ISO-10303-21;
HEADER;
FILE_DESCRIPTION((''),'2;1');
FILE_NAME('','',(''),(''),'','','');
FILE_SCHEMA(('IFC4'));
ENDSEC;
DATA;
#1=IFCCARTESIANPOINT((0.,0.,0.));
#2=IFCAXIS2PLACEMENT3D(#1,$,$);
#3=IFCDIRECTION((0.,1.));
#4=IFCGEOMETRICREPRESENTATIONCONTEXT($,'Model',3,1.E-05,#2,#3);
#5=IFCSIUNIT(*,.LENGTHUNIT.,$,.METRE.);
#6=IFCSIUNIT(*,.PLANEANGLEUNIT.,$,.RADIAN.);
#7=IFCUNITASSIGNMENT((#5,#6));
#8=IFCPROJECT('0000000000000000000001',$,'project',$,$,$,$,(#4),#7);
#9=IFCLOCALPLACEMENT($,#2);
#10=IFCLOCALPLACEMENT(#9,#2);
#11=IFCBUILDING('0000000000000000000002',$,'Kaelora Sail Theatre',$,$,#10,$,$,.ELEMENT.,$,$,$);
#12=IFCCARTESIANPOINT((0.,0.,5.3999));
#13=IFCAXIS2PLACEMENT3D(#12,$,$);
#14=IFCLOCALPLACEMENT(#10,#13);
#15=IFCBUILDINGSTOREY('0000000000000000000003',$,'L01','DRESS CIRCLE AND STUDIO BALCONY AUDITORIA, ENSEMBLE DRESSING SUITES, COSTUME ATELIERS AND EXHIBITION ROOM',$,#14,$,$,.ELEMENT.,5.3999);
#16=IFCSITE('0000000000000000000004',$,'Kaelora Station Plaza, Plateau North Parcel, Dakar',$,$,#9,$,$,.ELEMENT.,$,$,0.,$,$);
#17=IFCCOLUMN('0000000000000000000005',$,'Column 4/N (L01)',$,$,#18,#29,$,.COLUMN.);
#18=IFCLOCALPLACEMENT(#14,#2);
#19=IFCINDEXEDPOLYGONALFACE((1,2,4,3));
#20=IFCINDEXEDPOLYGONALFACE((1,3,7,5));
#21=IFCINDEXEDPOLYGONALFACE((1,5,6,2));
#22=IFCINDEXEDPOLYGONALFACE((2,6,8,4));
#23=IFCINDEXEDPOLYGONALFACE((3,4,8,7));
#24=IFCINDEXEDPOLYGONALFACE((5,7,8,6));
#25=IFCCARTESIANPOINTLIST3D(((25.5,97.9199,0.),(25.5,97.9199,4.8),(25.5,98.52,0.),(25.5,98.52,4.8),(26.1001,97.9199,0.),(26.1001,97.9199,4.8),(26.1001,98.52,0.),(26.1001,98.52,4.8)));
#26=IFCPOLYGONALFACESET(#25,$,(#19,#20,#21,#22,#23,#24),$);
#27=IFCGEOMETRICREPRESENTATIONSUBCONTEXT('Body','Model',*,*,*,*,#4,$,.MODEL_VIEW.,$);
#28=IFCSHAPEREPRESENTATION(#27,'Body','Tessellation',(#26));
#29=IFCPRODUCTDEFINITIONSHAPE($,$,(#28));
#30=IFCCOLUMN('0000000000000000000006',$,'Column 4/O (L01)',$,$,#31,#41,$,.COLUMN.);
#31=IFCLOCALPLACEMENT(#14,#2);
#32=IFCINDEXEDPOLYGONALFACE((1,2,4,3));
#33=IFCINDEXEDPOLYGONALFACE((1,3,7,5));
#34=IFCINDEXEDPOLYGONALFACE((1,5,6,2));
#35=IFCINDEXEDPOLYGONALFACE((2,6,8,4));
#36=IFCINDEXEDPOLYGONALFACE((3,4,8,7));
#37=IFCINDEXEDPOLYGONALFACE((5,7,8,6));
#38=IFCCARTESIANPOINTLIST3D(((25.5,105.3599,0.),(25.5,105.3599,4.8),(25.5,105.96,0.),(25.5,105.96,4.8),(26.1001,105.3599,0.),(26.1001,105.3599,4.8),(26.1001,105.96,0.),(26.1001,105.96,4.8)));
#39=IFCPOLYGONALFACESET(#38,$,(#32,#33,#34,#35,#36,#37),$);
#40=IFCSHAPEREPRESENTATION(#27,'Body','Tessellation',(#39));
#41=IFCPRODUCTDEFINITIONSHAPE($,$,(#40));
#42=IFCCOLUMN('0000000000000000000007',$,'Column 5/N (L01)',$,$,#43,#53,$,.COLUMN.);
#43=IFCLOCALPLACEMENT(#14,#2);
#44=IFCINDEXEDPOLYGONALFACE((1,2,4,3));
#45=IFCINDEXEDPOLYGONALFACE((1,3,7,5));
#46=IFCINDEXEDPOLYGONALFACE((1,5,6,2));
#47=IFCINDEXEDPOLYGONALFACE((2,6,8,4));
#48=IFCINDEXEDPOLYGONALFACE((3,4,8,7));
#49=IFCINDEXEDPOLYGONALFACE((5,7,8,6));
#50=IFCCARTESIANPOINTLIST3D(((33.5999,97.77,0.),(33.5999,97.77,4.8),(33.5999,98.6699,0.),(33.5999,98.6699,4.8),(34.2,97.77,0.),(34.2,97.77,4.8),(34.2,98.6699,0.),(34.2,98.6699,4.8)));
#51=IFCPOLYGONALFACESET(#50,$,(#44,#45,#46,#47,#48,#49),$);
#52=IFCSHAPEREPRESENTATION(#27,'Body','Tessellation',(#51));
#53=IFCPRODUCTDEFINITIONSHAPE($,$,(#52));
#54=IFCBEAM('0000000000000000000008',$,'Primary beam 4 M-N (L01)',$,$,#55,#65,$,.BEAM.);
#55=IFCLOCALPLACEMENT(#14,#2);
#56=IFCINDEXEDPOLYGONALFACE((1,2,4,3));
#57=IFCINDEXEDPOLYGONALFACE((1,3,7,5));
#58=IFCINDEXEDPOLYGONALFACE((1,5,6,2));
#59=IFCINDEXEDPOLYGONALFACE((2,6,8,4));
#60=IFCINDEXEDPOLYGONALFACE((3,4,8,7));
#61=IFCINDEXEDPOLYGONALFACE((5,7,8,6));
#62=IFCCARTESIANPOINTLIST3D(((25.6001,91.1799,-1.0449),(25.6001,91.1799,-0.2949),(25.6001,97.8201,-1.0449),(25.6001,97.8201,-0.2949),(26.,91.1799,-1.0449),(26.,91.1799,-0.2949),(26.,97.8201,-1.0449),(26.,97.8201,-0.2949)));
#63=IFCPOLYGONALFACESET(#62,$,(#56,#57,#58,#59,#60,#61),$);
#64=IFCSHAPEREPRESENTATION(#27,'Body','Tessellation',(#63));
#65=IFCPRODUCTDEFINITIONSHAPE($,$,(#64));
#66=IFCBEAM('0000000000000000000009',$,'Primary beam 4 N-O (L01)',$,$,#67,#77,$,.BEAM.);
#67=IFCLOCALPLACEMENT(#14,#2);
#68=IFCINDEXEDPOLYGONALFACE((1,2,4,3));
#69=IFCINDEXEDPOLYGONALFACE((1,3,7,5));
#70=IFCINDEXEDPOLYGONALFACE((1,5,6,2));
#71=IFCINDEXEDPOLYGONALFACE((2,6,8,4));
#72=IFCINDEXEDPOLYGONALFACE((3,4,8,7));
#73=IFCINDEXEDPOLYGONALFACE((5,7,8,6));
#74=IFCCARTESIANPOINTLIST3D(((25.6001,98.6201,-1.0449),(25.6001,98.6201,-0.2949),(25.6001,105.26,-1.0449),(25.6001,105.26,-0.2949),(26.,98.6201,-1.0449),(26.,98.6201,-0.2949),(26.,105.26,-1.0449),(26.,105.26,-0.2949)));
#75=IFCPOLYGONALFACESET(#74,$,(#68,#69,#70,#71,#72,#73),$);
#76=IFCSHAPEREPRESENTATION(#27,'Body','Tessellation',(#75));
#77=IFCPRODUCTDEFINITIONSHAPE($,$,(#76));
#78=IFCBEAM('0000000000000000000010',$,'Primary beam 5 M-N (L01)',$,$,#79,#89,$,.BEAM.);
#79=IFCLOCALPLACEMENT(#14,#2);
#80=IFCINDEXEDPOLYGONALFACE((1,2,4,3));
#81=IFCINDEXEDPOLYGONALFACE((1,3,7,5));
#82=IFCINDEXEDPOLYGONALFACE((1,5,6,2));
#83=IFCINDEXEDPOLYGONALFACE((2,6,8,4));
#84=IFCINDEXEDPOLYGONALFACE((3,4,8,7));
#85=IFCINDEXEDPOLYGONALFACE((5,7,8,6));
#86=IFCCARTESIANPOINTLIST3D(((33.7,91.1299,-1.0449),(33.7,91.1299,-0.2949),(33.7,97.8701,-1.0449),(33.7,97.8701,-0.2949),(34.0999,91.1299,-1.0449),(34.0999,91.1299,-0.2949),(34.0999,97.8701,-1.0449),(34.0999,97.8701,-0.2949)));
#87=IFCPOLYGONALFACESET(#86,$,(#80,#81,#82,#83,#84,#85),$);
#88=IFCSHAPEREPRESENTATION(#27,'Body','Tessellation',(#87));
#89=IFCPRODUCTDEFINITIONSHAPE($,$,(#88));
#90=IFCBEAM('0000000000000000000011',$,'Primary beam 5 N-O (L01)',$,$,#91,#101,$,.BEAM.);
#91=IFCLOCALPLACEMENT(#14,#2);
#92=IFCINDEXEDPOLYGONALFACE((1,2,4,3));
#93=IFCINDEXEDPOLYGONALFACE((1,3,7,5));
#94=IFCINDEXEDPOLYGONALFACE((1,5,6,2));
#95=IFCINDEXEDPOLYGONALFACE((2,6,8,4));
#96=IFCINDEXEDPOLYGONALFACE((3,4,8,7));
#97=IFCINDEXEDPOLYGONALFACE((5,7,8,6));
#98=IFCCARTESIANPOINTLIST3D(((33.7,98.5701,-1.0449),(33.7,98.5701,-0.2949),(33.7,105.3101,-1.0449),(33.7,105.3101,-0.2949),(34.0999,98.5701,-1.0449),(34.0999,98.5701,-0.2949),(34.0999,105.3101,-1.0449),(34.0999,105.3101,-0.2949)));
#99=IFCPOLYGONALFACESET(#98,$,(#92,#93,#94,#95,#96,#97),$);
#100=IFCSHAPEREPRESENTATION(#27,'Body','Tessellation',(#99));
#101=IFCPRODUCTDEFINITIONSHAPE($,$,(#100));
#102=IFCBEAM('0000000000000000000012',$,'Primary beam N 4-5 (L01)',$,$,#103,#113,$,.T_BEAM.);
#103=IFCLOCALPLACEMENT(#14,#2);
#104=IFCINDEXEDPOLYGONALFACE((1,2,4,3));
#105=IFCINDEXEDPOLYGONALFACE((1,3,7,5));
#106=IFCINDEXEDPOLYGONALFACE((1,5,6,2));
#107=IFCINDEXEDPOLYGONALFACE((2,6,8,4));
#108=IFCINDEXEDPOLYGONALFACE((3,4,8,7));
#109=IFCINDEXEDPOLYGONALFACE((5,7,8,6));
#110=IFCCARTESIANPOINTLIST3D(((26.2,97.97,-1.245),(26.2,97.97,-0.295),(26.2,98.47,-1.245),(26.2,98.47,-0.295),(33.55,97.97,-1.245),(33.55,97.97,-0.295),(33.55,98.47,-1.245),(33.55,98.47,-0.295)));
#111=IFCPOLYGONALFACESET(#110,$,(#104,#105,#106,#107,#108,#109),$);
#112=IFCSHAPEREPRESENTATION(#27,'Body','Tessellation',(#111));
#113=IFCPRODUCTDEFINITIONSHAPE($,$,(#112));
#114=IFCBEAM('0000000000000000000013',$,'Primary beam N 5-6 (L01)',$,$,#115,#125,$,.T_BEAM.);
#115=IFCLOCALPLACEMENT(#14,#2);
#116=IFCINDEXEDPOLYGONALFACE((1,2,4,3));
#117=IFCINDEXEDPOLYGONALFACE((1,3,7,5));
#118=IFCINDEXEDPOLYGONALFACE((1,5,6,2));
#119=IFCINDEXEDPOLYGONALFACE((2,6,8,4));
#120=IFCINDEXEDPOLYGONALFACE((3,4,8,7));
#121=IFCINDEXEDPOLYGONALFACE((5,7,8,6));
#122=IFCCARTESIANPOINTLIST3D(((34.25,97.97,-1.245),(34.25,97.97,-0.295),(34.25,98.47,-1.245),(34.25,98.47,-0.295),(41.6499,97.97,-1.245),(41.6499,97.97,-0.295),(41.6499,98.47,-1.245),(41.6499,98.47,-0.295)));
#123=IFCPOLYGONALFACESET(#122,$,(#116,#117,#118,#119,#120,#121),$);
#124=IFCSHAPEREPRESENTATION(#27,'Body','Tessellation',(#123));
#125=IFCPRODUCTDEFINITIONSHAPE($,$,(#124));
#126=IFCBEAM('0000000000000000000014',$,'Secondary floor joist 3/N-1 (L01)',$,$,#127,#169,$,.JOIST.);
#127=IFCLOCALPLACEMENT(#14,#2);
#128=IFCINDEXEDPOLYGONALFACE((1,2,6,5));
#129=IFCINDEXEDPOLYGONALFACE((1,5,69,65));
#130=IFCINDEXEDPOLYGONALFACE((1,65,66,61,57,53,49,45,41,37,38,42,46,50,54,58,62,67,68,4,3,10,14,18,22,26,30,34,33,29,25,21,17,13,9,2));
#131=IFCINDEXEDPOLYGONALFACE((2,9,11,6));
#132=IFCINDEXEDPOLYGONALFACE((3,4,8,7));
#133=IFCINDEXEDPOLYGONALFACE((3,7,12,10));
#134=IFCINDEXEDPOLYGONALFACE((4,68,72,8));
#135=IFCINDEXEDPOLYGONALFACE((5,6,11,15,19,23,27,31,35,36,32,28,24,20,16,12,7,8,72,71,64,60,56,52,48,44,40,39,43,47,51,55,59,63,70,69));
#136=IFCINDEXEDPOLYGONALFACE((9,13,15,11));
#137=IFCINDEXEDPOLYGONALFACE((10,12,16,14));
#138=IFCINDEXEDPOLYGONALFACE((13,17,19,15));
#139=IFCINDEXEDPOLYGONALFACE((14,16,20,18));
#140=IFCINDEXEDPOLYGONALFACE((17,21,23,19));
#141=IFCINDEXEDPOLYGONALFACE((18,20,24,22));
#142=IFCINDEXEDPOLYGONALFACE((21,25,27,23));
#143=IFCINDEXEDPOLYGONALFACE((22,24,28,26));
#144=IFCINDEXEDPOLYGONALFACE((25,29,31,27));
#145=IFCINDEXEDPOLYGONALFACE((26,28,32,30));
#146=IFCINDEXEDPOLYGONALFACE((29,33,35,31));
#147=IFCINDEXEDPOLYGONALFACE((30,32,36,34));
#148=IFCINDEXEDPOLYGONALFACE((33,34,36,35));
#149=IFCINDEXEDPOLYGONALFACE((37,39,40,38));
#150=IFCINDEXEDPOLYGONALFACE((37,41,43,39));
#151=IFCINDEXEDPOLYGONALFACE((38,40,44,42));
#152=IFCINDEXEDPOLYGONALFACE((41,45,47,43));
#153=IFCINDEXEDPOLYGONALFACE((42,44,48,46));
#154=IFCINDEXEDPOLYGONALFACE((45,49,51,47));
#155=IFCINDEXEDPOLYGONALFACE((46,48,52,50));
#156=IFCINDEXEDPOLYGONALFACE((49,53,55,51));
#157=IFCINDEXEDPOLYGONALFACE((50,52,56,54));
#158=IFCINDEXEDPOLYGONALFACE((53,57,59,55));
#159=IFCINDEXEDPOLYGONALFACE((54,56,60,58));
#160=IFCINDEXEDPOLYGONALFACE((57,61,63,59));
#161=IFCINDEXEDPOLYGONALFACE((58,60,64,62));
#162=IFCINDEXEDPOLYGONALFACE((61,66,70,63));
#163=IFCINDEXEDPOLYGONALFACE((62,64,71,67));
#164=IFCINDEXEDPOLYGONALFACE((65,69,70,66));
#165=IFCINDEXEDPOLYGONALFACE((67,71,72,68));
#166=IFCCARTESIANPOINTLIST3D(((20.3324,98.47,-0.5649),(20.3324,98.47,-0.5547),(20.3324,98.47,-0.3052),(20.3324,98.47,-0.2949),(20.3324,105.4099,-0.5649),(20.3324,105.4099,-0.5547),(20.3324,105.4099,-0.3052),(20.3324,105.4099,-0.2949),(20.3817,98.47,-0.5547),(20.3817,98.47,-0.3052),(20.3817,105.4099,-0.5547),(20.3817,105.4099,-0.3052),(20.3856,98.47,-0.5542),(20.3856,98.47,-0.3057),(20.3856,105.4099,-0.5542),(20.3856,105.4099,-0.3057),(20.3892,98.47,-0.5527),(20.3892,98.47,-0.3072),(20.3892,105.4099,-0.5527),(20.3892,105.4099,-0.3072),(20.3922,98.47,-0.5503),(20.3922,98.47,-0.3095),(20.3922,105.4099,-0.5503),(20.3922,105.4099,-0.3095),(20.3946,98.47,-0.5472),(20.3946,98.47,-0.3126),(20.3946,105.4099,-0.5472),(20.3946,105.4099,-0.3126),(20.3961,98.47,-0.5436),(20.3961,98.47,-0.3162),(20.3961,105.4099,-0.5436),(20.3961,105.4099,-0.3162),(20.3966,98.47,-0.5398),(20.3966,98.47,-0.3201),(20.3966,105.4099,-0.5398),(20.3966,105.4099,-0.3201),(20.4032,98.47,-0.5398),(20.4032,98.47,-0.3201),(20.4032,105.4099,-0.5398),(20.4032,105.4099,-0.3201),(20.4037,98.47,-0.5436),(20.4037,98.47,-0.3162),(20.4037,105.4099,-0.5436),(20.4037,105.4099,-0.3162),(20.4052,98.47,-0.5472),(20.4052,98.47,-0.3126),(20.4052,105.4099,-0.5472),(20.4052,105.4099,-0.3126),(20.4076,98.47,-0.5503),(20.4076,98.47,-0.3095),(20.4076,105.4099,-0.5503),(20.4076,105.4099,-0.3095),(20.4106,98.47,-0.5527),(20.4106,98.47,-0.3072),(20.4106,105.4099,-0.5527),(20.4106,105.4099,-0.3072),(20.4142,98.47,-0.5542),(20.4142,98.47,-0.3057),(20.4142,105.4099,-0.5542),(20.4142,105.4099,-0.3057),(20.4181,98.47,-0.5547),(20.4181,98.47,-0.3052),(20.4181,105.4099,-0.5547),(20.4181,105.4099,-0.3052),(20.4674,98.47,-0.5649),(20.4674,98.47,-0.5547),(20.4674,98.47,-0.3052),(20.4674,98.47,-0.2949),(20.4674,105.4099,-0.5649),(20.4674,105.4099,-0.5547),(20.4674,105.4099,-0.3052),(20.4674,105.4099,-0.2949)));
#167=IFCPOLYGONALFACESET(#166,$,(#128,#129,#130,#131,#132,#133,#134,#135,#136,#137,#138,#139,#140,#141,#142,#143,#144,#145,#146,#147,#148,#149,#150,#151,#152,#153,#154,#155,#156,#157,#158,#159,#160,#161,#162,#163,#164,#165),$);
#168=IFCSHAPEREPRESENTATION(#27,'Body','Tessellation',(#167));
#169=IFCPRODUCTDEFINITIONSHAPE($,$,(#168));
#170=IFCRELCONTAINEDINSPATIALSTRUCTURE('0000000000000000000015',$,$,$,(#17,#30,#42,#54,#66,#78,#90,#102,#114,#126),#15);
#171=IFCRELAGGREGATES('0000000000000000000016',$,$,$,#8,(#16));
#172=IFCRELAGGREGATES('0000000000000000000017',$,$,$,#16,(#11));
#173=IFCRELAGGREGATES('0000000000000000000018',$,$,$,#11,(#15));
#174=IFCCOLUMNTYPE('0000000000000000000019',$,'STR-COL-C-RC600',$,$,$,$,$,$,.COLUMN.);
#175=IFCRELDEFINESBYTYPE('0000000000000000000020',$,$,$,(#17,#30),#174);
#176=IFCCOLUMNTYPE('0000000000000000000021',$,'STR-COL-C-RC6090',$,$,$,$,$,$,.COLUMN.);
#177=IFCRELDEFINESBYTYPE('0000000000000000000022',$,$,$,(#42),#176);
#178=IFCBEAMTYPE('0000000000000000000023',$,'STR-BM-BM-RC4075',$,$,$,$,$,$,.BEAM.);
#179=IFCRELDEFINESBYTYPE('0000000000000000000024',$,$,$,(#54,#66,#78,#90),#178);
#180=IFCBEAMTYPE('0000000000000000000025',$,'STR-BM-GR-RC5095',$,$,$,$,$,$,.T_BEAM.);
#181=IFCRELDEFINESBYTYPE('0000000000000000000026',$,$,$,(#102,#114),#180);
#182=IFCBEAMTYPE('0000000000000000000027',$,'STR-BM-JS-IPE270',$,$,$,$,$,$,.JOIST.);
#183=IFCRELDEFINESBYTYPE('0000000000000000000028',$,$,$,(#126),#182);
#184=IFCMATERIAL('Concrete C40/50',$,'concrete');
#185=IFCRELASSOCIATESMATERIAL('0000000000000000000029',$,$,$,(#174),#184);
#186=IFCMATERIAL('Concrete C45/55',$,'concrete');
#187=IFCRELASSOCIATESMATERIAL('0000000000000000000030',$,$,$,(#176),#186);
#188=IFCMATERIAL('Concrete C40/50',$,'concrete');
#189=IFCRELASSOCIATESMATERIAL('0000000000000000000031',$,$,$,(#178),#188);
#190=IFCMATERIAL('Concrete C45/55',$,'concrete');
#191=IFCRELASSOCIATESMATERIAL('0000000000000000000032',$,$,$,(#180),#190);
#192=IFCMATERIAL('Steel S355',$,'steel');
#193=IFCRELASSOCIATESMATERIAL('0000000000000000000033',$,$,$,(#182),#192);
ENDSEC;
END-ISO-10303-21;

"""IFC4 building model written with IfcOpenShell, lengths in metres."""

from ifc_helpers import new_model, si_unit, direction, frame, origin, origin_2d, place, context, subcontext, project, spatial, rectangle, i_section, extrude, material, material_profile, profile_set, type_object, element, save


model = new_model("IFC4")

# Units and contexts
model_context = context("Model", 3, precision=1e-05, world=origin(), true_north=direction((0.0, 1.0)))
body_context = subcontext(model_context, "Body", "Model", "MODEL_VIEW")
ifc_project = project(units=[si_unit("LENGTHUNIT", "METRE"), si_unit("PLANEANGLEUNIT", "RADIAN")], contexts=[model_context])

# Site, building, storey
site_placement = place(None, origin())
site = spatial("IfcSite", under=ifc_project, at=site_placement, Name="Kaelora Station Plaza, Plateau North Parcel, Dakar", CompositionType="ELEMENT", RefElevation=0.0)
building_placement = place(site_placement, origin())
building = spatial("IfcBuilding", under=site, at=building_placement, Name="Kaelora Sail Theatre", CompositionType="ELEMENT")
storey_placement = place(building_placement, frame((0.0, 0.0, 5.3999)))
storey = spatial("IfcBuildingStorey", under=building, at=storey_placement, Name="L01", Description="DRESS CIRCLE AND STUDIO BALCONY AUDITORIA, ENSEMBLE DRESSING SUITES, COSTUME ATELIERS AND EXHIBITION ROOM", CompositionType="ELEMENT", Elevation=5.3999)

# Columns
ifc_material_1 = material(Name="Concrete C40/50", Category="concrete")
ifc_material_profile_1 = material_profile(ifc_material_1, rectangle(XDim=0.6001, YDim=0.6001, at=origin_2d()), Name="RC-COL 600x600")
ifc_profile_set_1 = profile_set([ifc_material_profile_1], Name="Concrete C40/50")
column_type_1 = type_object("IfcColumnType", Name="STR-COL-C-RC600", PredefinedType="COLUMN", material=ifc_profile_set_1)
for number, where, z_axis, x_axis, name in (
    (1, (25.8, 98.22, 0.0), (0.0, 0.0, 1.0), (1.0, 0.0, 0.0), "Column 4/N (L01)"),
    (2, (25.8, 105.6599, 0.0), (0.0, 0.0, 1.0), (1.0, 0.0, 0.0), "Column 4/O (L01)"),
):
    element("IfcColumn", number, at=place(storey_placement, frame(where, z_axis=z_axis, x_axis=x_axis)), inside=storey, type_object=column_type_1, Name=name, PredefinedType="COLUMN", context=body_context, shape_type="SweptSolid", body=[
        extrude(rectangle(XDim=0.6001, YDim=0.6001, at=origin_2d()), origin(), (0.0, 0.0, 1.0), 4.8),
    ])
ifc_material_2 = material(Name="Concrete C45/55", Category="concrete")
ifc_material_profile_2 = material_profile(ifc_material_2, rectangle(XDim=0.6001, YDim=0.8999, at=origin_2d()), Name="RC-COL 600x900")
ifc_profile_set_2 = profile_set([ifc_material_profile_2], Name="Concrete C45/55")
column_type_2 = type_object("IfcColumnType", Name="STR-COL-C-RC6090", PredefinedType="COLUMN", material=ifc_profile_set_2)
column_placement = place(storey_placement, frame((33.8999, 98.22, 0.0), z_axis=(0.0, 0.0, 1.0), x_axis=(1.0, 0.0, 0.0)))
element("IfcColumn", 3, at=column_placement, inside=storey, type_object=column_type_2, Name="Column 5/N (L01)", PredefinedType="COLUMN", context=body_context, shape_type="SweptSolid", body=[
    extrude(rectangle(XDim=0.6001, YDim=0.8999, at=origin_2d()), origin(), (0.0, 0.0, 1.0), 4.8),
])

# Beams
ifc_material_3 = material(Name="Concrete C40/50", Category="concrete")
ifc_material_profile_3 = material_profile(ifc_material_3, rectangle(XDim=0.3999, YDim=0.75, at=origin_2d()), Name="RC-BM 400x750")
ifc_profile_set_3 = profile_set([ifc_material_profile_3], Name="Concrete C40/50")
beam_type_1 = type_object("IfcBeamType", Name="STR-BM-BM-RC4075", PredefinedType="BEAM", material=ifc_profile_set_3)
beam_1_placement = place(storey_placement, frame((25.8, 91.1799, -0.6699), z_axis=(0.0, 1.0, 0.0), x_axis=(-1.0, 0.0, 0.0)))
element("IfcBeam", 4, at=beam_1_placement, inside=storey, type_object=beam_type_1, Name="Primary beam 4 M-N (L01)", PredefinedType="BEAM", context=body_context, shape_type="SweptSolid", body=[
    extrude(rectangle(XDim=0.3999, YDim=0.75, at=origin_2d()), origin(), (0.0, 0.0, 1.0), 6.6401),
])
beam_2_placement = place(storey_placement, frame((25.8, 98.6201, -0.6699), z_axis=(0.0, 1.0, 0.0), x_axis=(-1.0, 0.0, 0.0)))
element("IfcBeam", 5, at=beam_2_placement, inside=storey, type_object=beam_type_1, Name="Primary beam 4 N-O (L01)", PredefinedType="BEAM", context=body_context, shape_type="SweptSolid", body=[
    extrude(rectangle(XDim=0.3999, YDim=0.75, at=origin_2d()), origin(), (0.0, 0.0, 1.0), 6.6399),
])
beam_3_placement = place(storey_placement, frame((33.8999, 91.1299, -0.6699), z_axis=(0.0, 1.0, 0.0), x_axis=(-1.0, 0.0, 0.0)))
element("IfcBeam", 6, at=beam_3_placement, inside=storey, type_object=beam_type_1, Name="Primary beam 5 M-N (L01)", PredefinedType="BEAM", context=body_context, shape_type="SweptSolid", body=[
    extrude(rectangle(XDim=0.3999, YDim=0.75, at=origin_2d()), origin(), (0.0, 0.0, 1.0), 6.7402),
])
beam_4_placement = place(storey_placement, frame((33.8999, 98.5701, -0.6699), z_axis=(0.0, 1.0, 0.0), x_axis=(-1.0, 0.0, 0.0)))
element("IfcBeam", 7, at=beam_4_placement, inside=storey, type_object=beam_type_1, Name="Primary beam 5 N-O (L01)", PredefinedType="BEAM", context=body_context, shape_type="SweptSolid", body=[
    extrude(rectangle(XDim=0.3999, YDim=0.75, at=origin_2d()), origin(), (0.0, 0.0, 1.0), 6.74),
])
ifc_material_4 = material(Name="Concrete C45/55", Category="concrete")
ifc_material_profile_4 = material_profile(ifc_material_4, rectangle(XDim=0.5, YDim=0.95, at=origin_2d()), Name="RC-GRD 500x950")
ifc_profile_set_4 = profile_set([ifc_material_profile_4], Name="Concrete C45/55")
beam_type_2 = type_object("IfcBeamType", Name="STR-BM-GR-RC5095", PredefinedType="T_BEAM", material=ifc_profile_set_4)
beam_5_placement = place(storey_placement, frame((26.2, 98.22, -0.77), z_axis=(1.0, 0.0, 0.0), x_axis=(0.0, 1.0, 0.0)))
element("IfcBeam", 8, at=beam_5_placement, inside=storey, type_object=beam_type_2, Name="Primary beam N 4-5 (L01)", PredefinedType="T_BEAM", context=body_context, shape_type="SweptSolid", body=[
    extrude(rectangle(XDim=0.5, YDim=0.95, at=origin_2d()), origin(), (0.0, 0.0, 1.0), 7.3501),
])
beam_6_placement = place(storey_placement, frame((34.25, 98.22, -0.77), z_axis=(1.0, 0.0, 0.0), x_axis=(0.0, 1.0, 0.0)))
element("IfcBeam", 9, at=beam_6_placement, inside=storey, type_object=beam_type_2, Name="Primary beam N 5-6 (L01)", PredefinedType="T_BEAM", context=body_context, shape_type="SweptSolid", body=[
    extrude(rectangle(XDim=0.5, YDim=0.95, at=origin_2d()), origin(), (0.0, 0.0, 1.0), 7.3999),
])
ifc_material_5 = material(Name="Steel S355", Category="steel")
ifc_material_profile_5 = material_profile(ifc_material_5, i_section(OverallWidth=0.135, OverallDepth=0.27, WebThickness=0.0066, FlangeThickness=0.0103, FilletRadius=0.0149, at=origin_2d()), Name="IPE 270")
ifc_profile_set_5 = profile_set([ifc_material_profile_5], Name="Steel S355")
beam_type_3 = type_object("IfcBeamType", Name="STR-BM-JS-IPE270", PredefinedType="JOIST", material=ifc_profile_set_5)
beam_7_placement = place(storey_placement, frame((20.3999, 98.47, -0.4299), z_axis=(0.0, 1.0, 0.0), x_axis=(-1.0, 0.0, 0.0)))
element("IfcBeam", 10, at=beam_7_placement, inside=storey, type_object=beam_type_3, Name="Secondary floor joist 3/N-1 (L01)", PredefinedType="JOIST", context=body_context, shape_type="SweptSolid", body=[
    extrude(i_section(OverallWidth=0.135, OverallDepth=0.27, WebThickness=0.0066, FlangeThickness=0.0103, FilletRadius=0.0149, at=origin_2d()), origin(), (0.0, 0.0, 1.0), 6.9399),
])

save(model, "model.ifc")
